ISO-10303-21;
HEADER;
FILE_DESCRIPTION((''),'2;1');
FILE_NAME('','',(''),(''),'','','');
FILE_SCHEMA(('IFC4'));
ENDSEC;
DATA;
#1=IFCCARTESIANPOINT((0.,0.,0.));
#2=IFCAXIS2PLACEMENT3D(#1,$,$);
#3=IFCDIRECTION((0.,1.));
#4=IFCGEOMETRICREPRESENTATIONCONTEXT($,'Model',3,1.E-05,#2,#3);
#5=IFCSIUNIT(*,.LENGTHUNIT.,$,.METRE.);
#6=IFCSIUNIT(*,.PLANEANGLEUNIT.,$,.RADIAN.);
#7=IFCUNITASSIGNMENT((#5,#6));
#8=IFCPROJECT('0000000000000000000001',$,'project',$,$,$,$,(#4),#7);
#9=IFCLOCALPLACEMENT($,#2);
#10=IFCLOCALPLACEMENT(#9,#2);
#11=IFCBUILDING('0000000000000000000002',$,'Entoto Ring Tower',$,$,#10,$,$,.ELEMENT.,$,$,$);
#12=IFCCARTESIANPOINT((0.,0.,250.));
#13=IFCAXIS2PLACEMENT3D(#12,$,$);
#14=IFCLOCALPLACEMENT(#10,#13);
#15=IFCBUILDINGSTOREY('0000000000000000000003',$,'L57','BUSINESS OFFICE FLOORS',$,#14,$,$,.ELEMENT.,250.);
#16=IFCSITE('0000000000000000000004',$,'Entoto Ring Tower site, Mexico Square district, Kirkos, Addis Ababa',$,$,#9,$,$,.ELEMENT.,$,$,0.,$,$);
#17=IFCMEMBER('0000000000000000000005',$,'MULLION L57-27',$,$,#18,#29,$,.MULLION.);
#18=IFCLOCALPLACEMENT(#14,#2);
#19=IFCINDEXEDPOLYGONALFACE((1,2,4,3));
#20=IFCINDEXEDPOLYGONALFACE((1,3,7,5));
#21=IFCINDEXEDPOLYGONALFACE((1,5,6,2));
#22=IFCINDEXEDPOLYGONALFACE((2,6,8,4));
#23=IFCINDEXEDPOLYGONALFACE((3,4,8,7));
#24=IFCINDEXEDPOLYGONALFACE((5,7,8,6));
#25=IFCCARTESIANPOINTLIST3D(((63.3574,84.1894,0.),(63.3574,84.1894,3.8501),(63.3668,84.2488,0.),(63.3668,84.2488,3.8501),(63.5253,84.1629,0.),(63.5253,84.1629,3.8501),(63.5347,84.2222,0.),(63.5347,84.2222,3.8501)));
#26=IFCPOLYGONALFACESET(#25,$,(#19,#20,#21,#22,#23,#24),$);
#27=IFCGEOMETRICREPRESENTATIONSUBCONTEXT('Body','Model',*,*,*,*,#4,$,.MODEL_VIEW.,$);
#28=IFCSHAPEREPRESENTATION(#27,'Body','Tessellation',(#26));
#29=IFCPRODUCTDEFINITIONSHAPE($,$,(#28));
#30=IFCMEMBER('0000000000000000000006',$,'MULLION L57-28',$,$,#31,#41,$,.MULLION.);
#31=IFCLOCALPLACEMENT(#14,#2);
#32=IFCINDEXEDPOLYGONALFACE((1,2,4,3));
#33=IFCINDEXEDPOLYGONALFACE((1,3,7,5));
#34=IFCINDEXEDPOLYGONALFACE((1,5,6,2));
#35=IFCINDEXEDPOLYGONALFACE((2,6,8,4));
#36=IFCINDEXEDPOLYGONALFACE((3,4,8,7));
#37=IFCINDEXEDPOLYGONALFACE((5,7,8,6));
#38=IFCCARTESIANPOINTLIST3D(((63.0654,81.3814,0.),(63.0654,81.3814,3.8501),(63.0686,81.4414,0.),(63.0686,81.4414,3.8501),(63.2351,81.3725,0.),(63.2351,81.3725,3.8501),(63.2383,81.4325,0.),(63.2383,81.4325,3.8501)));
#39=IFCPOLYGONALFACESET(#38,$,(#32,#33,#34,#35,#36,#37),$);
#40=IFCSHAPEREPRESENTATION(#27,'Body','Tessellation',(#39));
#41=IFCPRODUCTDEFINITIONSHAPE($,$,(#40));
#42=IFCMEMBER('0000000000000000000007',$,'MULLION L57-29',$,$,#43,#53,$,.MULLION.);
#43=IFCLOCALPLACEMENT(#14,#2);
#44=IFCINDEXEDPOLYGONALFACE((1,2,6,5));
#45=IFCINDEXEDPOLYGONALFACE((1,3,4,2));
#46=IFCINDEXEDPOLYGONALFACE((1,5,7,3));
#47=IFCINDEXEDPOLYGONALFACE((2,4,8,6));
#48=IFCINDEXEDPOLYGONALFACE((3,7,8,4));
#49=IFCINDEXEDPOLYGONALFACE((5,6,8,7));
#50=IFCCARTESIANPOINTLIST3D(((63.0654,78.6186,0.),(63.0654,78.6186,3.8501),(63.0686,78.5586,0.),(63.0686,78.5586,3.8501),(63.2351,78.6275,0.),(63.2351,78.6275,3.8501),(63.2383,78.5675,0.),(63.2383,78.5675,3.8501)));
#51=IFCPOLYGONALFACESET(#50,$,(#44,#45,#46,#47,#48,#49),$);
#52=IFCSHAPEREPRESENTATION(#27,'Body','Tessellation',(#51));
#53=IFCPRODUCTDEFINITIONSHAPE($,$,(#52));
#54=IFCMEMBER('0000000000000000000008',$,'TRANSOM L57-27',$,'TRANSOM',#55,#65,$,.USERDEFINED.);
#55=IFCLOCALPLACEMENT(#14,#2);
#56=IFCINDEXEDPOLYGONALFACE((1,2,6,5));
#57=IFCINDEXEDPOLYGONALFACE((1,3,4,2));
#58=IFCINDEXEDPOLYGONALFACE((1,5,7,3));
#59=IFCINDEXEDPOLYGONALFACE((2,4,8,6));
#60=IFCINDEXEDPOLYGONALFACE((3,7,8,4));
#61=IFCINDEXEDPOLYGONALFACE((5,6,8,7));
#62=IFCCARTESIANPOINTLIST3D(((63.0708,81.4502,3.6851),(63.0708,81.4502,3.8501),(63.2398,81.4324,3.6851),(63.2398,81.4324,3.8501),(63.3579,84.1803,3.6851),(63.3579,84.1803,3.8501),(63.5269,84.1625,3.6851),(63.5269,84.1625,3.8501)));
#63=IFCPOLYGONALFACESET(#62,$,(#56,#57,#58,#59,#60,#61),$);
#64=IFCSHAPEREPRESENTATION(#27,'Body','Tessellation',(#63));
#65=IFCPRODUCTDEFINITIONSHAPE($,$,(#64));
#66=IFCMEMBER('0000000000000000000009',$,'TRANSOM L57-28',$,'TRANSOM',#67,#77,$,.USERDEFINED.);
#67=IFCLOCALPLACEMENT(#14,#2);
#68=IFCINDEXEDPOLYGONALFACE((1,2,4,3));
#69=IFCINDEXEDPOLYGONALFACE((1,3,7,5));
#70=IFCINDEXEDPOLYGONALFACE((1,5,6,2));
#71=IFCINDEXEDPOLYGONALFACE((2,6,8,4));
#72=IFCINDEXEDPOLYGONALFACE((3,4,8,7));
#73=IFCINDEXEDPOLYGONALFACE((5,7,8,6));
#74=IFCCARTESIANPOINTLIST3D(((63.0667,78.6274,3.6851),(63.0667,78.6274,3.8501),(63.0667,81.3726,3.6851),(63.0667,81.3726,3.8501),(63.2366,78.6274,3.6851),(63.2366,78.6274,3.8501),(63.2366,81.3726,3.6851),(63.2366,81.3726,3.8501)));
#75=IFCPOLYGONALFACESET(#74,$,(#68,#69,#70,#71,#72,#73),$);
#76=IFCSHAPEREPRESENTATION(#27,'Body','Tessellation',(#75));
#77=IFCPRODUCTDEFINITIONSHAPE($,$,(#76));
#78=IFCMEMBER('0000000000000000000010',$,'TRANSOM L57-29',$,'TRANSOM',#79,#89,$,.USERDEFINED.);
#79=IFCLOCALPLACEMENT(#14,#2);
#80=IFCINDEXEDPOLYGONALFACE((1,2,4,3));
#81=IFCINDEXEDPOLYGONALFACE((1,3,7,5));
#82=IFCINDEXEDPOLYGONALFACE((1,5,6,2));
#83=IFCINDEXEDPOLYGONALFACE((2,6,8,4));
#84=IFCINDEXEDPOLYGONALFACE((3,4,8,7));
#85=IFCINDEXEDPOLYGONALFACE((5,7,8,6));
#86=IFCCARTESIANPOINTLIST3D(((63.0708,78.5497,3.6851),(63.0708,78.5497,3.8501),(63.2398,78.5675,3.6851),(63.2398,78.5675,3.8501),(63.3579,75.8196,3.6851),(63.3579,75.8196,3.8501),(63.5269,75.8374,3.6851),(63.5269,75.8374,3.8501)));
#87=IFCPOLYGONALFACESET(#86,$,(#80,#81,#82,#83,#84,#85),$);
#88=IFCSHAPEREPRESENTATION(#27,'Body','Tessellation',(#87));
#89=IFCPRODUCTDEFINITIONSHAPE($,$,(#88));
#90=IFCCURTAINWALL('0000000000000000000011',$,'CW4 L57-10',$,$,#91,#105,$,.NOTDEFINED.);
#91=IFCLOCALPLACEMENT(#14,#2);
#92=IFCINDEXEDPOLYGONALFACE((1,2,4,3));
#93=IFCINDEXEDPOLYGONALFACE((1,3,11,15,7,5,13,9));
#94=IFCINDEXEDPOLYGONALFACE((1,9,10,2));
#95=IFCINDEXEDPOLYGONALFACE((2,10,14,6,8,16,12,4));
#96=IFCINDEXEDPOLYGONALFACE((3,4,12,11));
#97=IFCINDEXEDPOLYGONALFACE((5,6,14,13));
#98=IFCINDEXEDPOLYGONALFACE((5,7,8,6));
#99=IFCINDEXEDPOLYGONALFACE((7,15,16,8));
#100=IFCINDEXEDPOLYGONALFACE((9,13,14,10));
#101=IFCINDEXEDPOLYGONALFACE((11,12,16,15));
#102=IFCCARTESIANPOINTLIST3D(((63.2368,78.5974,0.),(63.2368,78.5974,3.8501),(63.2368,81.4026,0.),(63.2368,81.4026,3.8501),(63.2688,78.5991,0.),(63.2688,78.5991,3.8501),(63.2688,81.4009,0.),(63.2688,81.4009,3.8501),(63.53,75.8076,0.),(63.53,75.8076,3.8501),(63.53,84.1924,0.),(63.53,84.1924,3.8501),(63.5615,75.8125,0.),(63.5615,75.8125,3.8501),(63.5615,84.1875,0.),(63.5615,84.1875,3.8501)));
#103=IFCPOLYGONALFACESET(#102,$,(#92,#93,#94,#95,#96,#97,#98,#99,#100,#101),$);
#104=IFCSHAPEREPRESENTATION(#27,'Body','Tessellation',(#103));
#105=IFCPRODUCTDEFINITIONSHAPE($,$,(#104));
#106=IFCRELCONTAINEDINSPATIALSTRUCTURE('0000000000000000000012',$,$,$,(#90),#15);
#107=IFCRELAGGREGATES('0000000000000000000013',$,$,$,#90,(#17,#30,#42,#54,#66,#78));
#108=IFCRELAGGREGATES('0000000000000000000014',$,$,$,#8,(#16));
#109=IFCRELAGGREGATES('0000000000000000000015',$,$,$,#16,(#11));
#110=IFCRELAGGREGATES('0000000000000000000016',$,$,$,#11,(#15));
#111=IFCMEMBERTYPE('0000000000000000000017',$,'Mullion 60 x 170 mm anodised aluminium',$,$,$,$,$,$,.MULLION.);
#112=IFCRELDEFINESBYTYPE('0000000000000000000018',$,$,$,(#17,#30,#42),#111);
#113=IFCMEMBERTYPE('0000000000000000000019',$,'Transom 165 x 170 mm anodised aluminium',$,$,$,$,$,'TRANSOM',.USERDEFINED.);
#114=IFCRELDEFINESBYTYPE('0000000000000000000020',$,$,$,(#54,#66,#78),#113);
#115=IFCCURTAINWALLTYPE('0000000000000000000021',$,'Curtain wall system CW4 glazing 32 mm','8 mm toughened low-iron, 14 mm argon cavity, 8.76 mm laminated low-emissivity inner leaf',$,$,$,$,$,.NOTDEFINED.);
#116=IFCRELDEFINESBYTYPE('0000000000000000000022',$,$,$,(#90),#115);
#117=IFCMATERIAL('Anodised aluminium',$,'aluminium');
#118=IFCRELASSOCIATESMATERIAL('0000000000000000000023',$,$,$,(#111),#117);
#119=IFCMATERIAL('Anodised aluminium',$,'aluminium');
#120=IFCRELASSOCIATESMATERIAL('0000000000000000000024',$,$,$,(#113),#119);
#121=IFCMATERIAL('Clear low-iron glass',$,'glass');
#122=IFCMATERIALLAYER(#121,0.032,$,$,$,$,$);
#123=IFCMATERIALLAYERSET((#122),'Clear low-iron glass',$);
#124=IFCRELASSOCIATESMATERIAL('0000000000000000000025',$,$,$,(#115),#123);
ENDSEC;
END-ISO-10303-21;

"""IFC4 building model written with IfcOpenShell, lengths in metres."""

from ifc_helpers import new_model, si_unit, direction, frame, origin, origin_2d, place, context, subcontext, project, spatial, polyline, rectangle, outline, extrude, material, layer, layer_set, material_profile, profile_set, type_object, element, aggregate, save


model = new_model("IFC4")

# Units and contexts
model_context = context("Model", 3, precision=1e-05, world=origin(), true_north=direction((0.0, 1.0)))
body_context = subcontext(model_context, "Body", "Model", "MODEL_VIEW")
ifc_project = project(units=[si_unit("LENGTHUNIT", "METRE"), si_unit("PLANEANGLEUNIT", "RADIAN")], contexts=[model_context])

# Members
ifc_material_1 = material(Name="Anodised aluminium", Category="aluminium")
ifc_material_profile_1 = material_profile(ifc_material_1, rectangle(XDim=0.0601, YDim=0.1699, at=origin_2d()), Name="Mullion 60 x 170 mm anodised aluminium")
ifc_profile_set_1 = profile_set([ifc_material_profile_1], Name="Anodised aluminium")
member_type_1 = type_object("IfcMemberType", Name="Mullion 60 x 170 mm anodised aluminium", PredefinedType="MULLION", material=ifc_profile_set_1)
site_placement = place(None, origin())
building_placement = place(site_placement, origin())
storey_placement = place(building_placement, frame((0.0, 0.0, 250.0)))
member_1_placement = place(storey_placement, frame((63.446, 84.2058, 0.0), z_axis=(0.0, 0.0, 1.0), x_axis=(-0.156434, -0.987688, 0.0)))
member_1 = element("IfcMember", 1, at=member_1_placement, type_object=member_type_1, Name="MULLION L57-27", PredefinedType="MULLION", context=body_context, shape_type="SweptSolid", body=[
    extrude(rectangle(XDim=0.0601, YDim=0.1699, at=origin_2d()), origin(), (0.0, 0.0, 1.0), 3.8501),
])
member_2_placement = place(storey_placement, frame((63.1519, 81.407, 0.0), z_axis=(0.0, 0.0, 1.0), x_axis=(-0.052336, -0.99863, 0.0)))
member_2 = element("IfcMember", 2, at=member_2_placement, type_object=member_type_1, Name="MULLION L57-28", PredefinedType="MULLION", context=body_context, shape_type="SweptSolid", body=[
    extrude(rectangle(XDim=0.0601, YDim=0.1699, at=origin_2d()), origin(), (0.0, 0.0, 1.0), 3.8501),
])
member_3_placement = place(storey_placement, frame((63.1519, 78.593, 0.0), z_axis=(0.0, 0.0, 1.0), x_axis=(0.052336, -0.99863, 0.0)))
member_3 = element("IfcMember", 3, at=member_3_placement, type_object=member_type_1, Name="MULLION L57-29", PredefinedType="MULLION", context=body_context, shape_type="SweptSolid", body=[
    extrude(rectangle(XDim=0.0601, YDim=0.1699, at=origin_2d()), origin(), (0.0, 0.0, 1.0), 3.8501),
])
ifc_material_2 = material(Name="Anodised aluminium", Category="aluminium")
ifc_material_profile_2 = material_profile(ifc_material_2, rectangle(XDim=0.1699, YDim=0.165, at=origin_2d()), Name="Transom 165 x 170 mm anodised aluminium")
ifc_profile_set_2 = profile_set([ifc_material_profile_2], Name="Anodised aluminium")
member_type_2 = type_object("IfcMemberType", Name="Transom 165 x 170 mm anodised aluminium", ElementType="TRANSOM", PredefinedType="USERDEFINED", material=ifc_profile_set_2)
member_4_placement = place(storey_placement, frame((63.4424, 84.1714, 3.7676), z_axis=(-0.104592, -0.994515, 0.0), x_axis=(0.994515, -0.104592, 0.0)))
member_4 = element("IfcMember", 4, at=member_4_placement, type_object=member_type_2, Name="TRANSOM L57-27", ObjectType="TRANSOM", PredefinedType="USERDEFINED", context=body_context, shape_type="SweptSolid", body=[
    extrude(rectangle(XDim=0.1699, YDim=0.165, at=origin_2d()), origin(), (0.0, 0.0, 1.0), 2.7451),
])
member_5_placement = place(storey_placement, frame((63.1516, 81.3726, 3.7676), z_axis=(0.0, -1.0, 0.0), x_axis=(1.0, 0.0, 0.0)))
member_5 = element("IfcMember", 5, at=member_5_placement, type_object=member_type_2, Name="TRANSOM L57-28", ObjectType="TRANSOM", PredefinedType="USERDEFINED", context=body_context, shape_type="SweptSolid", body=[
    extrude(rectangle(XDim=0.1699, YDim=0.165, at=origin_2d()), origin(), (0.0, 0.0, 1.0), 2.7451),
])
member_6_placement = place(storey_placement, frame((63.1553, 78.5586, 3.7676), z_axis=(0.104592, -0.994515, 0.0), x_axis=(0.994515, 0.104592, 0.0)))
member_6 = element("IfcMember", 6, at=member_6_placement, type_object=member_type_2, Name="TRANSOM L57-29", ObjectType="TRANSOM", PredefinedType="USERDEFINED", context=body_context, shape_type="SweptSolid", body=[
    extrude(rectangle(XDim=0.1699, YDim=0.165, at=origin_2d()), origin(), (0.0, 0.0, 1.0), 2.7451),
])

# Site, building, storey
site = spatial("IfcSite", under=ifc_project, at=site_placement, Name="Entoto Ring Tower site, Mexico Square district, Kirkos, Addis Ababa", CompositionType="ELEMENT", RefElevation=0.0)
building = spatial("IfcBuilding", under=site, at=building_placement, Name="Entoto Ring Tower", CompositionType="ELEMENT")
storey = spatial("IfcBuildingStorey", under=building, at=storey_placement, Name="L57", Description="BUSINESS OFFICE FLOORS", CompositionType="ELEMENT", Elevation=250.0)

# Curtain wall
ifc_material_3 = material(Name="Clear low-iron glass", Category="glass")
ifc_layer = layer(ifc_material_3, 0.032)
ifc_layer_set = layer_set([ifc_layer], Name="Clear low-iron glass")
curtain_wall_type = type_object("IfcCurtainWallType", Name="Curtain wall system CW4 glazing 32 mm", Description="8 mm toughened low-iron, 14 mm argon cavity, 8.76 mm laminated low-emissivity inner leaf", PredefinedType="NOTDEFINED", material=ifc_layer_set)
curtain_wall_1_placement = place(storey_placement, origin())
curtain_wall_1 = element("IfcCurtainWall", 7, at=curtain_wall_1_placement, inside=storey, type_object=curtain_wall_type, Name="CW4 L57-10", PredefinedType="NOTDEFINED", context=body_context, shape_type="SweptSolid", body=[
    extrude(outline(polyline([(63.53, 84.1924), (63.2368, 81.4026), (63.2368, 78.5974), (63.53, 75.8076), (63.5615, 75.8125), (63.2688, 78.5991), (63.2688, 81.4009), (63.5615, 84.1875), (63.53, 84.1924)])), origin(), (0.0, 0.0, 1.0), 3.8501),
])
aggregate(curtain_wall_1, [member_1, member_2, member_3, member_4, member_5, member_6])

save(model, "model.ifc")
